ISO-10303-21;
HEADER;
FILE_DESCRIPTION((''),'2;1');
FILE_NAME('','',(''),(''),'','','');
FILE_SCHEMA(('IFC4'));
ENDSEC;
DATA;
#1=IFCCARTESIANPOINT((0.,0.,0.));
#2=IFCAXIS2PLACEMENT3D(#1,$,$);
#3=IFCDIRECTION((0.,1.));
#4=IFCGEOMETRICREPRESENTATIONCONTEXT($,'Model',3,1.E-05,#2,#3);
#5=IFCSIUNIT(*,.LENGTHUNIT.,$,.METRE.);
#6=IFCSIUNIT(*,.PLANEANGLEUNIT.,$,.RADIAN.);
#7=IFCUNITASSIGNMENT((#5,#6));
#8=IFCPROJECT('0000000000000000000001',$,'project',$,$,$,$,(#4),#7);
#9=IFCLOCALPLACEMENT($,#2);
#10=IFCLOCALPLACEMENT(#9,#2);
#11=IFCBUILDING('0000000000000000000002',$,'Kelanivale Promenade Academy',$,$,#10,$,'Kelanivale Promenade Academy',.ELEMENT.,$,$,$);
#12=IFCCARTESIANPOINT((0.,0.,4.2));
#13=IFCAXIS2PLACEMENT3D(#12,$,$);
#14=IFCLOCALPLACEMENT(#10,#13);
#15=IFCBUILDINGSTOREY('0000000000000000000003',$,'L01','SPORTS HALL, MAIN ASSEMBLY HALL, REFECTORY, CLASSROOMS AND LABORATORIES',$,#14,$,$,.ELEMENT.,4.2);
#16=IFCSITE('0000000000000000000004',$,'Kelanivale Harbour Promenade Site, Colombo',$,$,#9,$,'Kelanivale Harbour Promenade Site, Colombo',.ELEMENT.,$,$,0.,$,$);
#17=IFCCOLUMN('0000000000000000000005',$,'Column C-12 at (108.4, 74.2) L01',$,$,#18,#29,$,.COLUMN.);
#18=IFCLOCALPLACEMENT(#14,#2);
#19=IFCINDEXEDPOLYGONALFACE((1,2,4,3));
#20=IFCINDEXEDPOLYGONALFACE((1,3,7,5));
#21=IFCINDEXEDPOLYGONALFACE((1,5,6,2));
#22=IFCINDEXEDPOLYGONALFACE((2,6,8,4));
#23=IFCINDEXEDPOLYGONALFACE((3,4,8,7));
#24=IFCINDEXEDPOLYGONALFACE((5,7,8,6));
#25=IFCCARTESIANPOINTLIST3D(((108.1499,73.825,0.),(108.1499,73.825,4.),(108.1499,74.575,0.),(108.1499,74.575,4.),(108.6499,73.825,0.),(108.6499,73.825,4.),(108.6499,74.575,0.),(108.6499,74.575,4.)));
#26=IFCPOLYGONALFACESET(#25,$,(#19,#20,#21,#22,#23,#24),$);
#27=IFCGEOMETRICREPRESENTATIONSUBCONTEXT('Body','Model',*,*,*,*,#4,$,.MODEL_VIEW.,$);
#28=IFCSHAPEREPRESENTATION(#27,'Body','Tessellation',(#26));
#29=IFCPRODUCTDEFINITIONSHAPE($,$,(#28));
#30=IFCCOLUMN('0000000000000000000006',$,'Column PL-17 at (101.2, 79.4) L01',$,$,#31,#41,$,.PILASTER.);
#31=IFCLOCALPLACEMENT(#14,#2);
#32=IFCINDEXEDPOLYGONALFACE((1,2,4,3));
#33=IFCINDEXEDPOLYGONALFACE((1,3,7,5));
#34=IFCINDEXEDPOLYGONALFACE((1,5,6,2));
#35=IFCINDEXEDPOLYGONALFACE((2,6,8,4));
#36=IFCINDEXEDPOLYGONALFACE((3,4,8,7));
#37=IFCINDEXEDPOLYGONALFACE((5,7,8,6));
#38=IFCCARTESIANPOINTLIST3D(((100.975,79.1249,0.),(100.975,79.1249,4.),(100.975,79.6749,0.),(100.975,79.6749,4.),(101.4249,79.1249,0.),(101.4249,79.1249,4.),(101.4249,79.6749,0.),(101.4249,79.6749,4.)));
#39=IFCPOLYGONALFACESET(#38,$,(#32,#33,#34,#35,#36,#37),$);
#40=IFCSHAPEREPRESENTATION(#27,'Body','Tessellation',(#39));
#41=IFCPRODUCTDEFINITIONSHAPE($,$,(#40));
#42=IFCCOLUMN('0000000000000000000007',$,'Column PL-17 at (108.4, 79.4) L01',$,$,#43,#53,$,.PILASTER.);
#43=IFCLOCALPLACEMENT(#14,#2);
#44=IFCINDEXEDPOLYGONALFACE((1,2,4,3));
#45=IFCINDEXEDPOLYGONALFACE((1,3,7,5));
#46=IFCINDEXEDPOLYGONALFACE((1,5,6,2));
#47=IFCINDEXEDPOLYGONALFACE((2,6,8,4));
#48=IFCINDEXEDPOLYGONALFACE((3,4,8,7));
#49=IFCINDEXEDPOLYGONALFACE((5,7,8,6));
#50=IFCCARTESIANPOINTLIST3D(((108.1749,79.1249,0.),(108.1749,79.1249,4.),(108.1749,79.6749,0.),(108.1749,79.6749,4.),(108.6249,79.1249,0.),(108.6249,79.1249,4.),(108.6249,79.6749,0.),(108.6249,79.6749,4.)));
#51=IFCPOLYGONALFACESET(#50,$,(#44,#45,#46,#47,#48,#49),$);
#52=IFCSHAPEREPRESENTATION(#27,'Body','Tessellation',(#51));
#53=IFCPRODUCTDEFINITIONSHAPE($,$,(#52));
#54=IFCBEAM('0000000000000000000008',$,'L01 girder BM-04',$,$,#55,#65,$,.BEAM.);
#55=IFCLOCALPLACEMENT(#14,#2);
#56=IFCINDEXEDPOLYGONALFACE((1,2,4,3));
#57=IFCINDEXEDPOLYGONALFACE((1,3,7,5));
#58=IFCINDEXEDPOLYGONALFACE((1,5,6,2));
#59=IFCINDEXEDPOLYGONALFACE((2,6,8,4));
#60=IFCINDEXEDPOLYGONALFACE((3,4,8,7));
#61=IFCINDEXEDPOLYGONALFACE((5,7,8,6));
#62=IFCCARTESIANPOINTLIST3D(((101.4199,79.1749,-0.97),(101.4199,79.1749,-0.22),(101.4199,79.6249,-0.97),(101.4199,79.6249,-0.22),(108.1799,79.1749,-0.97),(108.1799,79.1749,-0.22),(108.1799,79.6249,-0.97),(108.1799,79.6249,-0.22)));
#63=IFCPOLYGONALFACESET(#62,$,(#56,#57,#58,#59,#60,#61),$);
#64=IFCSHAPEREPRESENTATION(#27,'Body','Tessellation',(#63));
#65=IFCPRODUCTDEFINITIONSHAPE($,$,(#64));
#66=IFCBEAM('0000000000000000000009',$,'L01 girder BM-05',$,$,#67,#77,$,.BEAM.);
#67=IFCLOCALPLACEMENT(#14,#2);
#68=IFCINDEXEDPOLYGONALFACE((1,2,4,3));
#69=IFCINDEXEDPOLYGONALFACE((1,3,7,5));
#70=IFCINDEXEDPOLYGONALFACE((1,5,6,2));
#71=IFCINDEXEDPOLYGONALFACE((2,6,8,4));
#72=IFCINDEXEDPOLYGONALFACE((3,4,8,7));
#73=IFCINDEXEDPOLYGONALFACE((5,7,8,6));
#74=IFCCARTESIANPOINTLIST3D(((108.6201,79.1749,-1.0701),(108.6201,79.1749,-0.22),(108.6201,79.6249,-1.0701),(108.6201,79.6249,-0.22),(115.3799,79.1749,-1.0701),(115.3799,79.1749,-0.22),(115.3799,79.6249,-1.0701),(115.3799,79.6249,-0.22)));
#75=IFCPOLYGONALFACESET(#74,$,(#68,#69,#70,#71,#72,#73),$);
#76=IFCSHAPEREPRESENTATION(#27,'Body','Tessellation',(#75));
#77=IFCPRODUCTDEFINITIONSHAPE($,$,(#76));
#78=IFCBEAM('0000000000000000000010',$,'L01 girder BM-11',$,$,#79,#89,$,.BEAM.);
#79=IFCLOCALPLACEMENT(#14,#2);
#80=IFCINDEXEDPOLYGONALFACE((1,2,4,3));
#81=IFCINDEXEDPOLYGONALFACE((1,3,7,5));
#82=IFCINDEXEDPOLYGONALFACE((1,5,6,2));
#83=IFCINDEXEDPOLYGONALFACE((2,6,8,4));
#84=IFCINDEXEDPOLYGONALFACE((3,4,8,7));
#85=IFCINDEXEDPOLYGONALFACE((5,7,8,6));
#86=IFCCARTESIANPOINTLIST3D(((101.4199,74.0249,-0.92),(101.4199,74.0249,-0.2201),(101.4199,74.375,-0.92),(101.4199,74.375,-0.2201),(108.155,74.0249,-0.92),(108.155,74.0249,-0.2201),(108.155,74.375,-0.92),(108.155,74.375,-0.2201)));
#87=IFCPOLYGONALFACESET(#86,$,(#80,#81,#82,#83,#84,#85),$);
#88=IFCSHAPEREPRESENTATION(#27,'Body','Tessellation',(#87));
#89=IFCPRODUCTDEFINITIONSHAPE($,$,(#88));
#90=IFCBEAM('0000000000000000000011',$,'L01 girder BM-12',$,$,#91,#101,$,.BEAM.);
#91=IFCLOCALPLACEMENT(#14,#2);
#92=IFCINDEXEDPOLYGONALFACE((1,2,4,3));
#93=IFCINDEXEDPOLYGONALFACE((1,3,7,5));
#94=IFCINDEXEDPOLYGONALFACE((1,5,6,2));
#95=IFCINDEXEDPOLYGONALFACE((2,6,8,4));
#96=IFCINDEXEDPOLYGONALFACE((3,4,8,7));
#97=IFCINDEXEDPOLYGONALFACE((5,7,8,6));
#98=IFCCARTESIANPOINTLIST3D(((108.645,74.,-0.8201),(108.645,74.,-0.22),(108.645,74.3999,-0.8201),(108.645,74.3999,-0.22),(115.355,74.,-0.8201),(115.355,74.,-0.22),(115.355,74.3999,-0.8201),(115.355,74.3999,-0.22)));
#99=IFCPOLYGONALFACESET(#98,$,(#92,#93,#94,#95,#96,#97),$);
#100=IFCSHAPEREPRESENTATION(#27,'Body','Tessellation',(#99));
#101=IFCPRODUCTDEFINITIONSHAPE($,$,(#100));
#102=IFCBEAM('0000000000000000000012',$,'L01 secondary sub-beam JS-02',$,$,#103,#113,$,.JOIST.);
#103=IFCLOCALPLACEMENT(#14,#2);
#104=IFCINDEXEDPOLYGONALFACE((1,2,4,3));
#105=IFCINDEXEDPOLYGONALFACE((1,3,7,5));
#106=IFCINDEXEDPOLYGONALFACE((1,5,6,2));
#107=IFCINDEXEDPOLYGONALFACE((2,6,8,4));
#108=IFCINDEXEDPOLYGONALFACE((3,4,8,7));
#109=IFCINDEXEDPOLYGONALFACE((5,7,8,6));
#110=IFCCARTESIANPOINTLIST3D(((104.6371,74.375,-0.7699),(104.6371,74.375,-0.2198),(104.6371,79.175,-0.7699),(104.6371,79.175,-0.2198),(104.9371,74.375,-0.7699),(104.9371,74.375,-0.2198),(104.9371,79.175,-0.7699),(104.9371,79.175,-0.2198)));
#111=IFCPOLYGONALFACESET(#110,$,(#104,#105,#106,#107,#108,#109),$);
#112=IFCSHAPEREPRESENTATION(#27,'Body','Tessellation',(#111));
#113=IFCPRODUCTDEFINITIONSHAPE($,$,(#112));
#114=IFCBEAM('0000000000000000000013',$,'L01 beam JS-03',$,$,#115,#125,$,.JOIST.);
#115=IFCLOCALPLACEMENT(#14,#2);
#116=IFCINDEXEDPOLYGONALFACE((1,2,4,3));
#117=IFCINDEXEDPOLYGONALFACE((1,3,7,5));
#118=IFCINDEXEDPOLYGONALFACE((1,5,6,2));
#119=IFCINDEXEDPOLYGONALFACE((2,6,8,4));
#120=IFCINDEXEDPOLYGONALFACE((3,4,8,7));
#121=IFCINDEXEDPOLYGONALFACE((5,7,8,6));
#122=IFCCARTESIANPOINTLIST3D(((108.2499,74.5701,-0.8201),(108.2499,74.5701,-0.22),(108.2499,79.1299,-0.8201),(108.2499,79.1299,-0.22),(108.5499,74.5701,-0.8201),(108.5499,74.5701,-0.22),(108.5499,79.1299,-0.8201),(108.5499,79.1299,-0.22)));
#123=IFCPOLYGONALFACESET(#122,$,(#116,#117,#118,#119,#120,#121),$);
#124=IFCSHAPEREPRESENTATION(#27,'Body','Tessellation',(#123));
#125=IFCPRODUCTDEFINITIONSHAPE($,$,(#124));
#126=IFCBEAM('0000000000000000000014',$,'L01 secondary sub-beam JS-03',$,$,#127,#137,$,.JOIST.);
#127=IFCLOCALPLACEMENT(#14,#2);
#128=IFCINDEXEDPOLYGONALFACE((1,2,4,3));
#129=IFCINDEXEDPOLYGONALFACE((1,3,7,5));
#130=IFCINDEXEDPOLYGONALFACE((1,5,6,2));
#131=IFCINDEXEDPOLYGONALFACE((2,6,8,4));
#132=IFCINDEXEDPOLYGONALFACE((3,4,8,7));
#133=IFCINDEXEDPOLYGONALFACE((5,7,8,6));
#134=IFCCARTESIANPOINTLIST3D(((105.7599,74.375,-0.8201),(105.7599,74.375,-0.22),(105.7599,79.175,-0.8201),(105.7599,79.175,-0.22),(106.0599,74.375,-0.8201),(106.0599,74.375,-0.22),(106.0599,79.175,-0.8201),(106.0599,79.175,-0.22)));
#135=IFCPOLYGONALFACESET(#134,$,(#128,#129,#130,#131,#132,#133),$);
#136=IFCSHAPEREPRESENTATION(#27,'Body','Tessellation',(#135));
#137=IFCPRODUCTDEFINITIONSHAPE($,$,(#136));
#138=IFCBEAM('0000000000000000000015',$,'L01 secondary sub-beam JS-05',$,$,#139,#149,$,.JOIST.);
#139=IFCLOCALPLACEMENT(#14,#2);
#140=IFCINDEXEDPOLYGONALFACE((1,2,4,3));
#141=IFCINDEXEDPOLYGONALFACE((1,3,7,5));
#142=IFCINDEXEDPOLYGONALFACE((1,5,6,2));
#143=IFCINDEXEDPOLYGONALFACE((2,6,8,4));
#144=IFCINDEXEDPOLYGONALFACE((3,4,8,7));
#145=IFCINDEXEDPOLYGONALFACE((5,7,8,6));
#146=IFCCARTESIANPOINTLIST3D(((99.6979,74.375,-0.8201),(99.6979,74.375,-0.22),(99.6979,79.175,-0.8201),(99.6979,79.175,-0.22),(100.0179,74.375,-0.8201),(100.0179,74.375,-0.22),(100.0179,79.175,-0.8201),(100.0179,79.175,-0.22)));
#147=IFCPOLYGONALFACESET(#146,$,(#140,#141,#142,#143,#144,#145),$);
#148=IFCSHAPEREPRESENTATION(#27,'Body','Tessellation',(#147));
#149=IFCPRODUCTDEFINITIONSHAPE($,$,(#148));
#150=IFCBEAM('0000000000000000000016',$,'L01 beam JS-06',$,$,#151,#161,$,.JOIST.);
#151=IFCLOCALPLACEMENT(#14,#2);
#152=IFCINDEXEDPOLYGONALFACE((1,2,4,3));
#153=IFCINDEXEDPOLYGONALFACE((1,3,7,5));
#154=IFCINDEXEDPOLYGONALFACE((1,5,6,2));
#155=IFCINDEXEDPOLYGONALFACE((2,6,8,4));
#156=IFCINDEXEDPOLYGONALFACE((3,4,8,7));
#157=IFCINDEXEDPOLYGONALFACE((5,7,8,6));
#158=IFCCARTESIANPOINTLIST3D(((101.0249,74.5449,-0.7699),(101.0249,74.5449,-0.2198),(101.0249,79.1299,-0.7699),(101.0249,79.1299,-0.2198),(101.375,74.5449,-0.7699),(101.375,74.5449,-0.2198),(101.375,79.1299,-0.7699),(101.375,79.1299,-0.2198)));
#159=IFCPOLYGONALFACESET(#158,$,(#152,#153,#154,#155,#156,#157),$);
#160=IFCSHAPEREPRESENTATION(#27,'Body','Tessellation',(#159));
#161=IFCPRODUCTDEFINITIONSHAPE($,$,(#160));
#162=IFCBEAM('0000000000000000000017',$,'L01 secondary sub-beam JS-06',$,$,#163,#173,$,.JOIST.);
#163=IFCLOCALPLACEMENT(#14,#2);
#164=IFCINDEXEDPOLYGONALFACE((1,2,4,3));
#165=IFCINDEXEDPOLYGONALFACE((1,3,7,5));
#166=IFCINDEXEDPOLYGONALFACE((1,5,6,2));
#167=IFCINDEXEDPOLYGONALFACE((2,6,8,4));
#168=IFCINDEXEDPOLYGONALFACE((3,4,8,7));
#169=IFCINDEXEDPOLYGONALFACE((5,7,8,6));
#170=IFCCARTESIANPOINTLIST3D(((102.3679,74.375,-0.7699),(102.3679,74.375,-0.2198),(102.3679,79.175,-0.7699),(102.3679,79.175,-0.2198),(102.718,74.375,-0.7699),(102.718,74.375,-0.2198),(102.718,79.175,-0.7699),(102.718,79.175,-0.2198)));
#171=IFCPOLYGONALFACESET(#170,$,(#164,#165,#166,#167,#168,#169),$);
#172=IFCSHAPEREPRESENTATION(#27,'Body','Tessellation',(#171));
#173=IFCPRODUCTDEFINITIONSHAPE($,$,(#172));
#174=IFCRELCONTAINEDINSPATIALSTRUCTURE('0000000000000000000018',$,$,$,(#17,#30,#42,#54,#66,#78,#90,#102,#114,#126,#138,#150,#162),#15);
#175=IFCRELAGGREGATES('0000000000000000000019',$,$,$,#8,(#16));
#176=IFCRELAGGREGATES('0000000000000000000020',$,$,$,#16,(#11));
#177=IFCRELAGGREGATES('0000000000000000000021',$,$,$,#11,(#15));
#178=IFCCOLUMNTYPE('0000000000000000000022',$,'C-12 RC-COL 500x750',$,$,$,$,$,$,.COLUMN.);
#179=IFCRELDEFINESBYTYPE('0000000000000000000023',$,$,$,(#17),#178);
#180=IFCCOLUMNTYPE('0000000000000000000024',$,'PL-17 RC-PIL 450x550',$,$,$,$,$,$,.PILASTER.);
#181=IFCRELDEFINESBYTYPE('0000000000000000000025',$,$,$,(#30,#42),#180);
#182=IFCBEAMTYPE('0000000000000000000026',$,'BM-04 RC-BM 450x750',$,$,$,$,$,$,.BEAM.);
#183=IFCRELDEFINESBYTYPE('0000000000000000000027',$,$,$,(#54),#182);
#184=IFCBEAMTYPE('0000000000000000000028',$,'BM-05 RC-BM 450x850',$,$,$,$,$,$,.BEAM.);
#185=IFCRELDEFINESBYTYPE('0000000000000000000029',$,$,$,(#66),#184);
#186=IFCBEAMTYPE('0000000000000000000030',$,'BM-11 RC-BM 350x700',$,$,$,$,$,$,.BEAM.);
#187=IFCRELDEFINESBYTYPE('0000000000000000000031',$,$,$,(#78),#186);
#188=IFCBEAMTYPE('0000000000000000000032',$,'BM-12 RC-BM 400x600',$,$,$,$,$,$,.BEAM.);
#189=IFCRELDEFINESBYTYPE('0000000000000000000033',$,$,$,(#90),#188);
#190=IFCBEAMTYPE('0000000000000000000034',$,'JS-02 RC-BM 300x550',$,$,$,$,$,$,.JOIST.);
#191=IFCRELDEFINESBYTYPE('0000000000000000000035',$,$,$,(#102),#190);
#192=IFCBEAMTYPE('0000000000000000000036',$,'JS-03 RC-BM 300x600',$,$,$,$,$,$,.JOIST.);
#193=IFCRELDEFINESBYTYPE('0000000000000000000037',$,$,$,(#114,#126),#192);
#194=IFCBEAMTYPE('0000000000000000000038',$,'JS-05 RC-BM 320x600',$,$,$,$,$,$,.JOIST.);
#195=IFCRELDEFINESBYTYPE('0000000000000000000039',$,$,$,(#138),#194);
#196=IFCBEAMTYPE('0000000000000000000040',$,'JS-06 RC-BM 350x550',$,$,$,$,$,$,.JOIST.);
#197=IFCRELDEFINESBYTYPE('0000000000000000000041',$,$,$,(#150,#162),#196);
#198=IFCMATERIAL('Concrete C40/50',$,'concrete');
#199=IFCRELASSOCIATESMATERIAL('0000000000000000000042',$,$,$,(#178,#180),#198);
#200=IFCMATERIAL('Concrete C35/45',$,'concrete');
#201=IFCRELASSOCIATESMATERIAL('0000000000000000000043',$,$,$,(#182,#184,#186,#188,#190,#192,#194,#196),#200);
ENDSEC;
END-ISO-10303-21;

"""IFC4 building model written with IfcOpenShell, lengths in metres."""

from ifc_helpers import new_model, si_unit, direction, frame, origin, origin_2d, place, context, subcontext, project, spatial, rectangle, extrude, material, material_profile, profile_set, type_object, element, save


model = new_model("IFC4")

# Units and contexts
model_context = context("Model", 3, precision=1e-05, world=origin(), true_north=direction((0.0, 1.0)))
body_context = subcontext(model_context, "Body", "Model", "MODEL_VIEW")
ifc_project = project(units=[si_unit("LENGTHUNIT", "METRE"), si_unit("PLANEANGLEUNIT", "RADIAN")], contexts=[model_context])

# Site, building, storey
site_placement = place(None, origin())
site = spatial("IfcSite", under=ifc_project, at=site_placement, Name="Kelanivale Harbour Promenade Site, Colombo", LongName="Kelanivale Harbour Promenade Site, Colombo", CompositionType="ELEMENT", RefElevation=0.0)
building_placement = place(site_placement, origin())
building = spatial("IfcBuilding", under=site, at=building_placement, Name="Kelanivale Promenade Academy", LongName="Kelanivale Promenade Academy", CompositionType="ELEMENT")
storey_placement = place(building_placement, frame((0.0, 0.0, 4.2)))
storey = spatial("IfcBuildingStorey", under=building, at=storey_placement, Name="L01", Description="SPORTS HALL, MAIN ASSEMBLY HALL, REFECTORY, CLASSROOMS AND LABORATORIES", CompositionType="ELEMENT", Elevation=4.2)

# Columns
ifc_material_1 = material(Name="Concrete C40/50", Category="concrete")
ifc_material_profile_1 = material_profile(ifc_material_1, rectangle(XDim=0.5, YDim=0.75, at=origin_2d()), Name="RC-COL 500x750")
ifc_profile_set_1 = profile_set([ifc_material_profile_1], Name="Concrete C40/50")
column_type_1 = type_object("IfcColumnType", Name="C-12 RC-COL 500x750", PredefinedType="COLUMN", material=ifc_profile_set_1)
column_placement = place(storey_placement, frame((108.3999, 74.2, 0.0), z_axis=(0.0, 0.0, 1.0), x_axis=(1.0, 0.0, 0.0)))
element("IfcColumn", 1, at=column_placement, inside=storey, type_object=column_type_1, Name="Column C-12 at (108.4, 74.2) L01", PredefinedType="COLUMN", context=body_context, shape_type="SweptSolid", body=[
    extrude(rectangle(XDim=0.5, YDim=0.75, at=origin_2d()), origin(), (0.0, 0.0, 1.0), 4.0),
])
ifc_material_profile_2 = material_profile(ifc_material_1, rectangle(XDim=0.45, YDim=0.55, at=origin_2d()), Name="RC-PIL 450x550")
ifc_profile_set_2 = profile_set([ifc_material_profile_2], Name="Concrete C40/50")
column_type_2 = type_object("IfcColumnType", Name="PL-17 RC-PIL 450x550", PredefinedType="PILASTER", material=ifc_profile_set_2)
for number, where, z_axis, x_axis, name in (
    (2, (101.2, 79.3999, 0.0), (0.0, 0.0, 1.0), (1.0, 0.0, 0.0), "Column PL-17 at (101.2, 79.4) L01"),
    (3, (108.3999, 79.3999, 0.0), (0.0, 0.0, 1.0), (1.0, 0.0, 0.0), "Column PL-17 at (108.4, 79.4) L01"),
):
    element("IfcColumn", number, at=place(storey_placement, frame(where, z_axis=z_axis, x_axis=x_axis)), inside=storey, type_object=column_type_2, Name=name, PredefinedType="PILASTER", context=body_context, shape_type="SweptSolid", body=[
        extrude(rectangle(XDim=0.45, YDim=0.55, at=origin_2d()), origin(), (0.0, 0.0, 1.0), 4.0),
    ])

# Beams
ifc_material_2 = material(Name="Concrete C35/45", Category="concrete")
ifc_material_profile_3 = material_profile(ifc_material_2, rectangle(XDim=0.45, YDim=0.75, at=origin_2d()), Name="RC-BM 450x750")
ifc_profile_set_3 = profile_set([ifc_material_profile_3], Name="Concrete C35/45")
beam_type_1 = type_object("IfcBeamType", Name="BM-04 RC-BM 450x750", PredefinedType="BEAM", material=ifc_profile_set_3)
beam_1_placement = place(storey_placement, frame((101.4199, 79.3999, -0.595), z_axis=(1.0, 0.0, 0.0), x_axis=(0.0, 1.0, 0.0)))
element("IfcBeam", 4, at=beam_1_placement, inside=storey, type_object=beam_type_1, Name="L01 girder BM-04", PredefinedType="BEAM", context=body_context, shape_type="SweptSolid", body=[
    extrude(rectangle(XDim=0.45, YDim=0.75, at=origin_2d()), origin(), (0.0, 0.0, 1.0), 6.76),
])
ifc_material_profile_4 = material_profile(ifc_material_2, rectangle(XDim=0.45, YDim=0.8501, at=origin_2d()), Name="RC-BM 450x850")
ifc_profile_set_4 = profile_set([ifc_material_profile_4], Name="Concrete C35/45")
beam_type_2 = type_object("IfcBeamType", Name="BM-05 RC-BM 450x850", PredefinedType="BEAM", material=ifc_profile_set_4)
beam_2_placement = place(storey_placement, frame((108.6201, 79.3999, -0.645), z_axis=(1.0, 0.0, 0.0), x_axis=(0.0, 1.0, 0.0)))
element("IfcBeam", 5, at=beam_2_placement, inside=storey, type_object=beam_type_2, Name="L01 girder BM-05", PredefinedType="BEAM", context=body_context, shape_type="SweptSolid", body=[
    extrude(rectangle(XDim=0.45, YDim=0.8501, at=origin_2d()), origin(), (0.0, 0.0, 1.0), 6.7598),
])
ifc_material_profile_5 = material_profile(ifc_material_2, rectangle(XDim=0.3501, YDim=0.7, at=origin_2d()), Name="RC-BM 350x700")
ifc_profile_set_5 = profile_set([ifc_material_profile_5], Name="Concrete C35/45")
beam_type_3 = type_object("IfcBeamType", Name="BM-11 RC-BM 350x700", PredefinedType="BEAM", material=ifc_profile_set_5)
beam_3_placement = place(storey_placement, frame((101.4199, 74.2, -0.5701), z_axis=(1.0, 0.0, 0.0), x_axis=(0.0, 1.0, 0.0)))
element("IfcBeam", 6, at=beam_3_placement, inside=storey, type_object=beam_type_3, Name="L01 girder BM-11", PredefinedType="BEAM", context=body_context, shape_type="SweptSolid", body=[
    extrude(rectangle(XDim=0.3501, YDim=0.7, at=origin_2d()), origin(), (0.0, 0.0, 1.0), 6.7351),
])
ifc_material_profile_6 = material_profile(ifc_material_2, rectangle(XDim=0.3999, YDim=0.6001, at=origin_2d()), Name="RC-BM 400x600")
ifc_profile_set_6 = profile_set([ifc_material_profile_6], Name="Concrete C35/45")
beam_type_4 = type_object("IfcBeamType", Name="BM-12 RC-BM 400x600", PredefinedType="BEAM", material=ifc_profile_set_6)
beam_4_placement = place(storey_placement, frame((108.645, 74.2, -0.52), z_axis=(1.0, 0.0, 0.0), x_axis=(0.0, 1.0, 0.0)))
element("IfcBeam", 7, at=beam_4_placement, inside=storey, type_object=beam_type_4, Name="L01 girder BM-12", PredefinedType="BEAM", context=body_context, shape_type="SweptSolid", body=[
    extrude(rectangle(XDim=0.3999, YDim=0.6001, at=origin_2d()), origin(), (0.0, 0.0, 1.0), 6.71),
])
ifc_material_profile_7 = material_profile(ifc_material_2, rectangle(XDim=0.3, YDim=0.55, at=origin_2d()), Name="RC-BM 300x550")
ifc_profile_set_7 = profile_set([ifc_material_profile_7], Name="Concrete C35/45")
beam_type_5 = type_object("IfcBeamType", Name="JS-02 RC-BM 300x550", PredefinedType="JOIST", material=ifc_profile_set_7)
beam_5_placement = place(storey_placement, frame((104.7871, 74.375, -0.4949), z_axis=(0.0, 1.0, 0.0), x_axis=(-1.0, 0.0, 0.0)))
element("IfcBeam", 8, at=beam_5_placement, inside=storey, type_object=beam_type_5, Name="L01 secondary sub-beam JS-02", PredefinedType="JOIST", context=body_context, shape_type="SweptSolid", body=[
    extrude(rectangle(XDim=0.3, YDim=0.55, at=origin_2d()), origin(), (0.0, 0.0, 1.0), 4.8),
])
ifc_material_profile_8 = material_profile(ifc_material_2, rectangle(XDim=0.3, YDim=0.6001, at=origin_2d()), Name="RC-BM 300x600")
ifc_profile_set_8 = profile_set([ifc_material_profile_8], Name="Concrete C35/45")
beam_type_6 = type_object("IfcBeamType", Name="JS-03 RC-BM 300x600", PredefinedType="JOIST", material=ifc_profile_set_8)
beam_6_placement = place(storey_placement, frame((108.3999, 74.5701, -0.52), z_axis=(0.0, 1.0, 0.0), x_axis=(-1.0, 0.0, 0.0)))
element("IfcBeam", 9, at=beam_6_placement, inside=storey, type_object=beam_type_6, Name="L01 beam JS-03", PredefinedType="JOIST", context=body_context, shape_type="SweptSolid", body=[
    extrude(rectangle(XDim=0.3, YDim=0.6001, at=origin_2d()), origin(), (0.0, 0.0, 1.0), 4.5598),
])
beam_7_placement = place(storey_placement, frame((105.9099, 74.375, -0.52), z_axis=(0.0, 1.0, 0.0), x_axis=(-1.0, 0.0, 0.0)))
element("IfcBeam", 10, at=beam_7_placement, inside=storey, type_object=beam_type_6, Name="L01 secondary sub-beam JS-03", PredefinedType="JOIST", context=body_context, shape_type="SweptSolid", body=[
    extrude(rectangle(XDim=0.3, YDim=0.6001, at=origin_2d()), origin(), (0.0, 0.0, 1.0), 4.8),
])
ifc_material_profile_9 = material_profile(ifc_material_2, rectangle(XDim=0.3201, YDim=0.6001, at=origin_2d()), Name="RC-BM 320x600")
ifc_profile_set_9 = profile_set([ifc_material_profile_9], Name="Concrete C35/45")
beam_type_7 = type_object("IfcBeamType", Name="JS-05 RC-BM 320x600", PredefinedType="JOIST", material=ifc_profile_set_9)
beam_8_placement = place(storey_placement, frame((99.8579, 74.375, -0.52), z_axis=(0.0, 1.0, 0.0), x_axis=(-1.0, 0.0, 0.0)))
element("IfcBeam", 11, at=beam_8_placement, inside=storey, type_object=beam_type_7, Name="L01 secondary sub-beam JS-05", PredefinedType="JOIST", context=body_context, shape_type="SweptSolid", body=[
    extrude(rectangle(XDim=0.3201, YDim=0.6001, at=origin_2d()), origin(), (0.0, 0.0, 1.0), 4.8),
])
ifc_material_profile_10 = material_profile(ifc_material_2, rectangle(XDim=0.3501, YDim=0.55, at=origin_2d()), Name="RC-BM 350x550")
ifc_profile_set_10 = profile_set([ifc_material_profile_10], Name="Concrete C35/45")
beam_type_8 = type_object("IfcBeamType", Name="JS-06 RC-BM 350x550", PredefinedType="JOIST", material=ifc_profile_set_10)
beam_9_placement = place(storey_placement, frame((101.2, 74.5449, -0.4949), z_axis=(0.0, 1.0, 0.0), x_axis=(-1.0, 0.0, 0.0)))
element("IfcBeam", 12, at=beam_9_placement, inside=storey, type_object=beam_type_8, Name="L01 beam JS-06", PredefinedType="JOIST", context=body_context, shape_type="SweptSolid", body=[
    extrude(rectangle(XDim=0.3501, YDim=0.55, at=origin_2d()), origin(), (0.0, 0.0, 1.0), 4.585),
])
beam_10_placement = place(storey_placement, frame((102.543, 74.375, -0.4949), z_axis=(0.0, 1.0, 0.0), x_axis=(-1.0, 0.0, 0.0)))
element("IfcBeam", 13, at=beam_10_placement, inside=storey, type_object=beam_type_8, Name="L01 secondary sub-beam JS-06", PredefinedType="JOIST", context=body_context, shape_type="SweptSolid", body=[
    extrude(rectangle(XDim=0.3501, YDim=0.55, at=origin_2d()), origin(), (0.0, 0.0, 1.0), 4.8),
])

save(model, "model.ifc")
